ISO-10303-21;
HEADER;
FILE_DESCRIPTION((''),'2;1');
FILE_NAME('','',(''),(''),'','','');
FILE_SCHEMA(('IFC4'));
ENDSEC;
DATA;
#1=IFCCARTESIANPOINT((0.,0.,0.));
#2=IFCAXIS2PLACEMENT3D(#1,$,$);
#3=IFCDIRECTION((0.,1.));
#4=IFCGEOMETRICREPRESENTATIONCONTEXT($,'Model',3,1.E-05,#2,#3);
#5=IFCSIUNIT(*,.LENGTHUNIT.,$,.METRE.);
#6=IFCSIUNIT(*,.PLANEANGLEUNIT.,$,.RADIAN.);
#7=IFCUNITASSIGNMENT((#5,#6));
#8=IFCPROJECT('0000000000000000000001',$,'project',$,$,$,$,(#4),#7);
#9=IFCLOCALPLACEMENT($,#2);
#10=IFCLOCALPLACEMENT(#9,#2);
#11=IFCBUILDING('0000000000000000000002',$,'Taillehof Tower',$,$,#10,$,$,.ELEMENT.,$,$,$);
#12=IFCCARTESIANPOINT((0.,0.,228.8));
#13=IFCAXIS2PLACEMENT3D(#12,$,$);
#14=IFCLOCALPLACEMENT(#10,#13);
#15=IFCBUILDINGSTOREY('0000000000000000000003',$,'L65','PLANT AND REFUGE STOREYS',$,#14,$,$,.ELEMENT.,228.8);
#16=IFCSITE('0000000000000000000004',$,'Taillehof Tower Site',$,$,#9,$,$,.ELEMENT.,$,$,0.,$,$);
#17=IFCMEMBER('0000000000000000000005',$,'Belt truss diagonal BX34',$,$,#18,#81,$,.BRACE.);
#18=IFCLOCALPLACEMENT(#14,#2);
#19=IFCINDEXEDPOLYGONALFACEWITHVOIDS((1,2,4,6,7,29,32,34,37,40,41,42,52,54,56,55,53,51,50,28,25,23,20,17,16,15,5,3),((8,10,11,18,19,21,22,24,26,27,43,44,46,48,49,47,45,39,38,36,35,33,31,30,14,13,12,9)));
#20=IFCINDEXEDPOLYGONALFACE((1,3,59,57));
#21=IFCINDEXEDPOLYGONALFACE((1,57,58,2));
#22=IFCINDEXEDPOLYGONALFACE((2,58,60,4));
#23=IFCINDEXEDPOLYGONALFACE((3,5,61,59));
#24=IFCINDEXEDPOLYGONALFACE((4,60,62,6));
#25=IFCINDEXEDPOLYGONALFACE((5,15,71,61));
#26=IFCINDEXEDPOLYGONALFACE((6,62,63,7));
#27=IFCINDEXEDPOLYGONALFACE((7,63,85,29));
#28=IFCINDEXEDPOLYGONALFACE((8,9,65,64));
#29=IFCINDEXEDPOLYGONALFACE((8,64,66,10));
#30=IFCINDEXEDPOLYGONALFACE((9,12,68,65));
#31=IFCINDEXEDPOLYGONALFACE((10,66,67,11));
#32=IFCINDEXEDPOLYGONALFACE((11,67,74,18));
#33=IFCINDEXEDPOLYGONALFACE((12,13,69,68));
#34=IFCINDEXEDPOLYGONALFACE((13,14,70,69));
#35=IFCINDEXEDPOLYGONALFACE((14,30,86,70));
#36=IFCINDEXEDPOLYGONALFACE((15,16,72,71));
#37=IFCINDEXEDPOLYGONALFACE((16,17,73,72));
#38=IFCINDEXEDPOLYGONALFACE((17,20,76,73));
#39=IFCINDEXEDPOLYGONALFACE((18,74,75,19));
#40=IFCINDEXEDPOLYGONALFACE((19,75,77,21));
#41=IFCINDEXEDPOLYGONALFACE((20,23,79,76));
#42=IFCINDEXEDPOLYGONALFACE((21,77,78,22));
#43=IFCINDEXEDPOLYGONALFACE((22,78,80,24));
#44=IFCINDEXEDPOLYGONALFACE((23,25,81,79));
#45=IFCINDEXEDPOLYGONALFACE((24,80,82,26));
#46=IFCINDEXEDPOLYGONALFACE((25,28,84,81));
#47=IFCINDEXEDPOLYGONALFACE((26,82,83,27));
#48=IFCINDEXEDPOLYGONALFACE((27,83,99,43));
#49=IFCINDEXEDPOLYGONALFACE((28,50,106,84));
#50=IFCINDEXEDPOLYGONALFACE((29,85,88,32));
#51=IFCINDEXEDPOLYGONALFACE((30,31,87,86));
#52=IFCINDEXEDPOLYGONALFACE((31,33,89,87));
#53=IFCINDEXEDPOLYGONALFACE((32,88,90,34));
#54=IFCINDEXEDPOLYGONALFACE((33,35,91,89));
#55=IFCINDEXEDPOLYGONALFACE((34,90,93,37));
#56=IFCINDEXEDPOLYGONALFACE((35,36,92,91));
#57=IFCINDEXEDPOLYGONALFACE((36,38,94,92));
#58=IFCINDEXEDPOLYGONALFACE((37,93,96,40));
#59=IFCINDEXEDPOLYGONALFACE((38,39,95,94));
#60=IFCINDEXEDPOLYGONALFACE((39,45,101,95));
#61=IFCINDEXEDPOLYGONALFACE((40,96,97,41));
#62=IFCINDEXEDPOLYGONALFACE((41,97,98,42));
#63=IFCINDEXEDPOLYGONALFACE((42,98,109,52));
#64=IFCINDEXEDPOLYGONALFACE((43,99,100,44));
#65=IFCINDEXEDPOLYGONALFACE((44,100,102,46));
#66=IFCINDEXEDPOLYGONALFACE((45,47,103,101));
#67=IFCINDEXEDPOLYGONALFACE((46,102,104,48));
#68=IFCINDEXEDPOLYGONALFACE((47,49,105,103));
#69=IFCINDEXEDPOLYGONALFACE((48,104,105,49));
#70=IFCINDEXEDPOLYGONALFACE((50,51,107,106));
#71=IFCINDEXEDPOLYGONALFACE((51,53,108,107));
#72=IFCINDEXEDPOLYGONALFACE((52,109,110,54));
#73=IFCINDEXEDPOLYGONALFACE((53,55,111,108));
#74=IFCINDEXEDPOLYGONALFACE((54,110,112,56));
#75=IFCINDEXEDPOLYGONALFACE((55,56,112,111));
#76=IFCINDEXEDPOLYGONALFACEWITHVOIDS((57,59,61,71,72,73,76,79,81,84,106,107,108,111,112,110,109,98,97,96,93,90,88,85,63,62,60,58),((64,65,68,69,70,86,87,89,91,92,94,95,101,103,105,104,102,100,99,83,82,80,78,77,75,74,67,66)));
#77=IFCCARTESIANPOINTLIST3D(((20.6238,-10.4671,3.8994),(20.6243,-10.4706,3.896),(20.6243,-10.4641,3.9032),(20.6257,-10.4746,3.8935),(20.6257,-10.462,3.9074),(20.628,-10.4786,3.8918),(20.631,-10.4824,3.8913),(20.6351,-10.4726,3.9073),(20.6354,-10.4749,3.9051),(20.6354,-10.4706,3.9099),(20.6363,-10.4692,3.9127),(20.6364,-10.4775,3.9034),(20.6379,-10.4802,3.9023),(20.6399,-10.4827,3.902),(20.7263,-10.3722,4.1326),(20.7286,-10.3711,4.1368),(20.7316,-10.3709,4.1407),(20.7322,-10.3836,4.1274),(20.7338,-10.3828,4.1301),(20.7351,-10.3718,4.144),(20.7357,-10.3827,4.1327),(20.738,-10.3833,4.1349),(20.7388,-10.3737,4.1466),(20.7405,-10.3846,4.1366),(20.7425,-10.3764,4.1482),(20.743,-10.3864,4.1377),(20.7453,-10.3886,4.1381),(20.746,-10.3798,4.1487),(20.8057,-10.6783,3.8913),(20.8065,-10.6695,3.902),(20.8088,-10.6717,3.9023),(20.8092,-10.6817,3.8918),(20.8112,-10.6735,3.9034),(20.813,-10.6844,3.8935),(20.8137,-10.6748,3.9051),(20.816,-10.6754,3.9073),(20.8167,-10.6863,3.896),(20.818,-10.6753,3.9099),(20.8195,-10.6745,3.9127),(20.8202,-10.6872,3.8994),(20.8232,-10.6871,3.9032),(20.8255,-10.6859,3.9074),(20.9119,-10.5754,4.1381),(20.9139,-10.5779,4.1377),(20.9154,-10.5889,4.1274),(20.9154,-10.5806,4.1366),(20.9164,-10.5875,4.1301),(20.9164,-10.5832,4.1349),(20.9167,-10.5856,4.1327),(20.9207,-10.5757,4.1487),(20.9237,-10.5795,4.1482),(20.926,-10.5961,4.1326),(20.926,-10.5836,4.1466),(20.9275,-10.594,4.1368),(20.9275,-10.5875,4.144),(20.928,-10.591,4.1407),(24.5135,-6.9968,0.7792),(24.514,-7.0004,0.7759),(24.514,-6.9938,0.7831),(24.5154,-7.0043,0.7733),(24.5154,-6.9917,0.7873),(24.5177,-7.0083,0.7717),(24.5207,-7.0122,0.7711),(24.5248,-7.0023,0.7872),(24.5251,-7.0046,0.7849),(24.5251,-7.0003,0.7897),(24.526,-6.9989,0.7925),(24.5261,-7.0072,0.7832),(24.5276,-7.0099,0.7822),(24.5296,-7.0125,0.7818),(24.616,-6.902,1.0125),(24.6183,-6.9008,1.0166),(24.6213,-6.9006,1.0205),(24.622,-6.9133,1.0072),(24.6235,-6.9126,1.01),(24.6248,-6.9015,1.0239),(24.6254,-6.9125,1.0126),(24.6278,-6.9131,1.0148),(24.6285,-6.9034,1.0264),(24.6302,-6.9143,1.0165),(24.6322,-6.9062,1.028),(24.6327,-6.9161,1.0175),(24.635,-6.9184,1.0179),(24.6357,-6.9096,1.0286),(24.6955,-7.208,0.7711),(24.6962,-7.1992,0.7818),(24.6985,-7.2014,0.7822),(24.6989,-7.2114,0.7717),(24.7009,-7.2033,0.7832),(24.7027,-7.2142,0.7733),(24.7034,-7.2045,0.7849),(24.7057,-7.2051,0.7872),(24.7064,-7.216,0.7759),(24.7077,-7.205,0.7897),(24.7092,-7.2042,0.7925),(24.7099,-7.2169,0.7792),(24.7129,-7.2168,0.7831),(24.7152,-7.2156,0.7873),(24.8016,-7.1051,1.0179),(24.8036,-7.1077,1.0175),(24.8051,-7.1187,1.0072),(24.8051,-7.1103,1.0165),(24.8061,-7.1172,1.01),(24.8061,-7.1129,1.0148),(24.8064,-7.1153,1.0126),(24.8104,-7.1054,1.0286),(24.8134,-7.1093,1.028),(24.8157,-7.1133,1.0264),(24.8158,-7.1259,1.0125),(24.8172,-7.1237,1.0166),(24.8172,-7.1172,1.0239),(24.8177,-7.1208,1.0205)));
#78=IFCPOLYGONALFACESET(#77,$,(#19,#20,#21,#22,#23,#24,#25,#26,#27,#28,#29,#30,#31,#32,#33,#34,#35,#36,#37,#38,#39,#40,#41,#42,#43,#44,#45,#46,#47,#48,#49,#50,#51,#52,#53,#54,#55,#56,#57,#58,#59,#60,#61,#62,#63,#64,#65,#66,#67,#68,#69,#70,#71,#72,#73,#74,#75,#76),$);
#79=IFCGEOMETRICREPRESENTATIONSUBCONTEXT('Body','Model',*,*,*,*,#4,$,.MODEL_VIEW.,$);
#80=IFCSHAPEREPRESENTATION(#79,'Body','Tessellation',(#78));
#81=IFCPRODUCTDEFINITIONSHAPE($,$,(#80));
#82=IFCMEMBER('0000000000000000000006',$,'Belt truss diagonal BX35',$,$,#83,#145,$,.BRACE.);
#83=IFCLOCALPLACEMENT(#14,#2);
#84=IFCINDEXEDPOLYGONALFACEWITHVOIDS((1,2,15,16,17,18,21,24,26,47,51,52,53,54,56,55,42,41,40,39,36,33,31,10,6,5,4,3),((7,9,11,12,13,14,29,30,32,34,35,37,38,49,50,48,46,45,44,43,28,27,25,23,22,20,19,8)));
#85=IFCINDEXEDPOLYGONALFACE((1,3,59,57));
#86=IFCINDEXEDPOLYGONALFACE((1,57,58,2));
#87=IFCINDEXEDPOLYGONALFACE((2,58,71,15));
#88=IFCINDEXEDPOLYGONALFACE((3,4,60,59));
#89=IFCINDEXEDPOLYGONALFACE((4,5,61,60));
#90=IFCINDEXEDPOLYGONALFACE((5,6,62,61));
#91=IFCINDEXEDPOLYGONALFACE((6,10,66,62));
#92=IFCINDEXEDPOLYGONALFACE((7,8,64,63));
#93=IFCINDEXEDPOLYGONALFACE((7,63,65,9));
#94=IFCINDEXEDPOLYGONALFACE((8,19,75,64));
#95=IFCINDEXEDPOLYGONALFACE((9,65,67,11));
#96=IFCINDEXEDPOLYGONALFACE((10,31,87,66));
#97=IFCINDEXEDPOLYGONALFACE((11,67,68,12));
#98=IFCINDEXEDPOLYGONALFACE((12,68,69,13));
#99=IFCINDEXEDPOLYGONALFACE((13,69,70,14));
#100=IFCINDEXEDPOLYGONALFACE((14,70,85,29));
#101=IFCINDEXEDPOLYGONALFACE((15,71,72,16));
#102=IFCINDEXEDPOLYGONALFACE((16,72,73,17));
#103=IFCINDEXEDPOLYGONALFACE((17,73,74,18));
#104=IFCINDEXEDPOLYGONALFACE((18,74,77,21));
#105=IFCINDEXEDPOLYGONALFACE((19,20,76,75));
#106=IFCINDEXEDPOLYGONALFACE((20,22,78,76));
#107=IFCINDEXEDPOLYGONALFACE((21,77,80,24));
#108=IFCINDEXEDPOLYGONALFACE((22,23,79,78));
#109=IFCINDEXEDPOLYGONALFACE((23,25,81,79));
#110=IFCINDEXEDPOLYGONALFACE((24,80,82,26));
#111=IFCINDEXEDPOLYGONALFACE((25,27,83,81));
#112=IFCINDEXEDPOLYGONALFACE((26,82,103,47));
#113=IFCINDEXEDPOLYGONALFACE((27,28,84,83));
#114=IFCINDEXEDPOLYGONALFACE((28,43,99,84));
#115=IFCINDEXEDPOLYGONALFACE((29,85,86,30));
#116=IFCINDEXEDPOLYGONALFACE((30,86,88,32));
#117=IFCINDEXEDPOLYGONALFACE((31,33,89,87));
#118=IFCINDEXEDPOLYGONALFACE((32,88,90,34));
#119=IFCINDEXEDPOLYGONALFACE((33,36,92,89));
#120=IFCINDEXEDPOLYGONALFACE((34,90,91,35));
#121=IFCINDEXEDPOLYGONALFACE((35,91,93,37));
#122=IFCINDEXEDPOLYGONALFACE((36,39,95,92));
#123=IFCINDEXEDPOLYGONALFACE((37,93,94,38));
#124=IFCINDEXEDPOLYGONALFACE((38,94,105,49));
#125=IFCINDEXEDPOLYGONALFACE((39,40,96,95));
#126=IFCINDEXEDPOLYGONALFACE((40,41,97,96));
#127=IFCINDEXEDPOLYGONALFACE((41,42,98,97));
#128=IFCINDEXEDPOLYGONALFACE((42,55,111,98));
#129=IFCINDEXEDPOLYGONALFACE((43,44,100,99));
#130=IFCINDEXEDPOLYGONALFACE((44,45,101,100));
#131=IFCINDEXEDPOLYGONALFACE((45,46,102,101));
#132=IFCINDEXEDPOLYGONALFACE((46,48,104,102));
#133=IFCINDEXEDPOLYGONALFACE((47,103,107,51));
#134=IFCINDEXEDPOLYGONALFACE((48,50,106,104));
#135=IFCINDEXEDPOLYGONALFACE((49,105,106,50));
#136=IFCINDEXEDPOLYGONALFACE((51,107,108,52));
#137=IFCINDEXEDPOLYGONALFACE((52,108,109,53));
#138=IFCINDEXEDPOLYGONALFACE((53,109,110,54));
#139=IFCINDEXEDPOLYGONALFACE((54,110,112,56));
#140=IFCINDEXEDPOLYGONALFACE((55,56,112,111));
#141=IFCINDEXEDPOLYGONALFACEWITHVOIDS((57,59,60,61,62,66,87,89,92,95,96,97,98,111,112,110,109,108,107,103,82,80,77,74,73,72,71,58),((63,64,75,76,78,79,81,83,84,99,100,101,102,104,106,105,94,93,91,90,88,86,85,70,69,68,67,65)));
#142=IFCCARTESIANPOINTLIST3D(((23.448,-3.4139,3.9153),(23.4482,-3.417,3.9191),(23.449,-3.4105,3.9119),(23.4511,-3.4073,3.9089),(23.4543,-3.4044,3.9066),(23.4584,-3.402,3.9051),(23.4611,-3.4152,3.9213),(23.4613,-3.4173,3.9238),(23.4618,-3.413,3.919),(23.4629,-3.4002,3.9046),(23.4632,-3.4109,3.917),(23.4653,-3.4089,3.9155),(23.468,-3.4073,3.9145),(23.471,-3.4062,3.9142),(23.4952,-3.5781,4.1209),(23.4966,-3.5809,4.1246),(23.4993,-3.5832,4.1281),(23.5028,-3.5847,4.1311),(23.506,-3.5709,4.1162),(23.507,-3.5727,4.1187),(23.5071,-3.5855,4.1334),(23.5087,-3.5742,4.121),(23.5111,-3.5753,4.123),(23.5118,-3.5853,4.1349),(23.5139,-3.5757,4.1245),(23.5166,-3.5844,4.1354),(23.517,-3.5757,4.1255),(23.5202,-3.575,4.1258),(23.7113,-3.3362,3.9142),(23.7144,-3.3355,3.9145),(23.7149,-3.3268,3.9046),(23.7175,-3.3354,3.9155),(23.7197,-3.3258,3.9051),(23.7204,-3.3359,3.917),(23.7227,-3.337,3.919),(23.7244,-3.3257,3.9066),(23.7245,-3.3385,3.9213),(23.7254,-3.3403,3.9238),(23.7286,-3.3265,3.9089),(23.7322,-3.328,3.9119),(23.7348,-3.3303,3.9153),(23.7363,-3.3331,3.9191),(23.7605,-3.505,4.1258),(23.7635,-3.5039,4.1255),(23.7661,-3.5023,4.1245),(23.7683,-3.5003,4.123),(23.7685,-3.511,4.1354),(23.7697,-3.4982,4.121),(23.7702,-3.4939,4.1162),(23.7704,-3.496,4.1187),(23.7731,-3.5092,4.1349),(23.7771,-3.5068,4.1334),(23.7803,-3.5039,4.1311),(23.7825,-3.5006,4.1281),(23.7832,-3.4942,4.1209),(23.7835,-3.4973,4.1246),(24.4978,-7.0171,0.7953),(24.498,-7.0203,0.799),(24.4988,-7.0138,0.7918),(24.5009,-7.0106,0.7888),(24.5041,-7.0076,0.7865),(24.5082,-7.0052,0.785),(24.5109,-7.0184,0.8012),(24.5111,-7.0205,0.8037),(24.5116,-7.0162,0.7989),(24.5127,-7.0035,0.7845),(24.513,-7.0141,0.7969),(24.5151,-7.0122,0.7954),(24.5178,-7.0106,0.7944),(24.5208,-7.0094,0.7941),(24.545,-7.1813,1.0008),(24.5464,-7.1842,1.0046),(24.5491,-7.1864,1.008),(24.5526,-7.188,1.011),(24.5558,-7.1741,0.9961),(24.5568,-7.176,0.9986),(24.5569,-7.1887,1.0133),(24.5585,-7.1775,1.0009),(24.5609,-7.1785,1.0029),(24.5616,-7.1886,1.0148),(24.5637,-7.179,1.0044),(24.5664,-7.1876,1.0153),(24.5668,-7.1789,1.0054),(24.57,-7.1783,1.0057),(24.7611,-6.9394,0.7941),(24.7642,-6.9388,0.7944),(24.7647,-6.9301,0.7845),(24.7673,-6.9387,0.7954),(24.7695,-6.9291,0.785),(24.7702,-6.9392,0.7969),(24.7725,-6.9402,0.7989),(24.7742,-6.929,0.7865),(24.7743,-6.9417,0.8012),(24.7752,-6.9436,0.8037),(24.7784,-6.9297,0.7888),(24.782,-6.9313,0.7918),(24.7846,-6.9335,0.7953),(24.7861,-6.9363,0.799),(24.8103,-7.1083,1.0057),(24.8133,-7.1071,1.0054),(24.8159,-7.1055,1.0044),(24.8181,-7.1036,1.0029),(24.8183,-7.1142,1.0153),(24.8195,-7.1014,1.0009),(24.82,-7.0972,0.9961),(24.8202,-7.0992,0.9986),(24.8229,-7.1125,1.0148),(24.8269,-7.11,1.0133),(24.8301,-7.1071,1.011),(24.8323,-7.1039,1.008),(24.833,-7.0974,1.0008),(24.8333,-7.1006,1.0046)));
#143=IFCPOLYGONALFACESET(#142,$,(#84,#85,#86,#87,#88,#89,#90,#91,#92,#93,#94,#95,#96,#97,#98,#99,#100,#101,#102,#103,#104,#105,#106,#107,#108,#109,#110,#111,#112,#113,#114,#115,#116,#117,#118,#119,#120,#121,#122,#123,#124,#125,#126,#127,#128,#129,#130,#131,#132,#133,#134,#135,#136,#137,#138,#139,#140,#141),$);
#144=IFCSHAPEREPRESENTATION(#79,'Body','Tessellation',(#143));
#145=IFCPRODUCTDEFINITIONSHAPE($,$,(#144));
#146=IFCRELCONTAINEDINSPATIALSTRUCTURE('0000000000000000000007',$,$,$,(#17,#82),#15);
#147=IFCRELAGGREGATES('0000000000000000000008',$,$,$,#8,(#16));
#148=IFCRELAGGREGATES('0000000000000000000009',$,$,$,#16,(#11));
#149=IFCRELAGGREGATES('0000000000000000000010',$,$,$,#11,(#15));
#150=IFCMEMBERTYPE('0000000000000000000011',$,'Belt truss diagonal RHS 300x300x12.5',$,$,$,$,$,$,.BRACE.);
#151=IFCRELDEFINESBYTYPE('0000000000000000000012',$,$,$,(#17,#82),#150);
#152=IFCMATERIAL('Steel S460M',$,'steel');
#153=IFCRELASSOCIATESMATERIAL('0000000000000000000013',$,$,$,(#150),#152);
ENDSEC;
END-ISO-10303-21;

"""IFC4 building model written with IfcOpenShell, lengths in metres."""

from ifc_helpers import new_model, si_unit, direction, frame, origin, origin_2d, place, context, subcontext, project, spatial, hollow_rectangle, extrude, material, material_profile, profile_set, type_object, element, save


model = new_model("IFC4")

# Units and contexts
model_context = context("Model", 3, precision=1e-05, world=origin(), true_north=direction((0.0, 1.0)))
body_context = subcontext(model_context, "Body", "Model", "MODEL_VIEW")
ifc_project = project(units=[si_unit("LENGTHUNIT", "METRE"), si_unit("PLANEANGLEUNIT", "RADIAN")], contexts=[model_context])

# Site, building, storey
site_placement = place(None, origin())
site = spatial("IfcSite", under=ifc_project, at=site_placement, Name="Taillehof Tower Site", CompositionType="ELEMENT", RefElevation=0.0)
building_placement = place(site_placement, origin())
building = spatial("IfcBuilding", under=site, at=building_placement, Name="Taillehof Tower", CompositionType="ELEMENT")
storey_placement = place(building_placement, frame((0.0, 0.0, 228.8)))
storey = spatial("IfcBuildingStorey", under=building, at=storey_placement, Name="L65", Description="PLANT AND REFUGE STOREYS", CompositionType="ELEMENT", Elevation=228.8)

# Members
ifc_material_1 = material(Name="Steel S460M", Category="steel")
ifc_material_profile_1 = material_profile(ifc_material_1, hollow_rectangle(XDim=0.3, YDim=0.3, WallThickness=0.0125, InnerFilletRadius=0.0125, OuterFilletRadius=0.0188, at=origin_2d()), Name="RHS 300x300x12.5")
ifc_profile_set_1 = profile_set([ifc_material_profile_1], Name="Steel S460M")
member_type_1 = type_object("IfcMemberType", Name="Belt truss diagonal RHS 300x300x12.5", PredefinedType="BRACE", material=ifc_profile_set_1)
member_1_placement = place(storey_placement, frame((20.7759, -10.5291, 4.02), z_axis=(0.64026, 0.571219, -0.513591), x_axis=(-0.665729, 0.746194, 0.0)))
element("IfcMember", 1, at=member_1_placement, inside=storey, type_object=member_type_1, Name="Belt truss diagonal BX34", PredefinedType="BRACE", context=body_context, shape_type="SweptSolid", body=[
    extrude(hollow_rectangle(XDim=0.3, YDim=0.3, WallThickness=0.0125, InnerFilletRadius=0.0125, OuterFilletRadius=0.0188, at=origin_2d()), origin(), (0.0, 0.0, 1.0), 6.0752),
])
member_2_placement = place(storey_placement, frame((24.6655, -7.0588, 0.8999), z_axis=(-0.215095, 0.738276, 0.639283), x_axis=(-0.960082, -0.279718, 0.0)))
element("IfcMember", 2, at=member_2_placement, inside=storey, type_object=member_type_1, Name="Belt truss diagonal BX35", PredefinedType="BRACE", context=body_context, shape_type="SweptSolid", body=[
    extrude(hollow_rectangle(XDim=0.3, YDim=0.3, WallThickness=0.0125, InnerFilletRadius=0.0125, OuterFilletRadius=0.0188, at=origin_2d()), origin(), (0.0, 0.0, 1.0), 4.8806),
])

save(model, "model.ifc")
